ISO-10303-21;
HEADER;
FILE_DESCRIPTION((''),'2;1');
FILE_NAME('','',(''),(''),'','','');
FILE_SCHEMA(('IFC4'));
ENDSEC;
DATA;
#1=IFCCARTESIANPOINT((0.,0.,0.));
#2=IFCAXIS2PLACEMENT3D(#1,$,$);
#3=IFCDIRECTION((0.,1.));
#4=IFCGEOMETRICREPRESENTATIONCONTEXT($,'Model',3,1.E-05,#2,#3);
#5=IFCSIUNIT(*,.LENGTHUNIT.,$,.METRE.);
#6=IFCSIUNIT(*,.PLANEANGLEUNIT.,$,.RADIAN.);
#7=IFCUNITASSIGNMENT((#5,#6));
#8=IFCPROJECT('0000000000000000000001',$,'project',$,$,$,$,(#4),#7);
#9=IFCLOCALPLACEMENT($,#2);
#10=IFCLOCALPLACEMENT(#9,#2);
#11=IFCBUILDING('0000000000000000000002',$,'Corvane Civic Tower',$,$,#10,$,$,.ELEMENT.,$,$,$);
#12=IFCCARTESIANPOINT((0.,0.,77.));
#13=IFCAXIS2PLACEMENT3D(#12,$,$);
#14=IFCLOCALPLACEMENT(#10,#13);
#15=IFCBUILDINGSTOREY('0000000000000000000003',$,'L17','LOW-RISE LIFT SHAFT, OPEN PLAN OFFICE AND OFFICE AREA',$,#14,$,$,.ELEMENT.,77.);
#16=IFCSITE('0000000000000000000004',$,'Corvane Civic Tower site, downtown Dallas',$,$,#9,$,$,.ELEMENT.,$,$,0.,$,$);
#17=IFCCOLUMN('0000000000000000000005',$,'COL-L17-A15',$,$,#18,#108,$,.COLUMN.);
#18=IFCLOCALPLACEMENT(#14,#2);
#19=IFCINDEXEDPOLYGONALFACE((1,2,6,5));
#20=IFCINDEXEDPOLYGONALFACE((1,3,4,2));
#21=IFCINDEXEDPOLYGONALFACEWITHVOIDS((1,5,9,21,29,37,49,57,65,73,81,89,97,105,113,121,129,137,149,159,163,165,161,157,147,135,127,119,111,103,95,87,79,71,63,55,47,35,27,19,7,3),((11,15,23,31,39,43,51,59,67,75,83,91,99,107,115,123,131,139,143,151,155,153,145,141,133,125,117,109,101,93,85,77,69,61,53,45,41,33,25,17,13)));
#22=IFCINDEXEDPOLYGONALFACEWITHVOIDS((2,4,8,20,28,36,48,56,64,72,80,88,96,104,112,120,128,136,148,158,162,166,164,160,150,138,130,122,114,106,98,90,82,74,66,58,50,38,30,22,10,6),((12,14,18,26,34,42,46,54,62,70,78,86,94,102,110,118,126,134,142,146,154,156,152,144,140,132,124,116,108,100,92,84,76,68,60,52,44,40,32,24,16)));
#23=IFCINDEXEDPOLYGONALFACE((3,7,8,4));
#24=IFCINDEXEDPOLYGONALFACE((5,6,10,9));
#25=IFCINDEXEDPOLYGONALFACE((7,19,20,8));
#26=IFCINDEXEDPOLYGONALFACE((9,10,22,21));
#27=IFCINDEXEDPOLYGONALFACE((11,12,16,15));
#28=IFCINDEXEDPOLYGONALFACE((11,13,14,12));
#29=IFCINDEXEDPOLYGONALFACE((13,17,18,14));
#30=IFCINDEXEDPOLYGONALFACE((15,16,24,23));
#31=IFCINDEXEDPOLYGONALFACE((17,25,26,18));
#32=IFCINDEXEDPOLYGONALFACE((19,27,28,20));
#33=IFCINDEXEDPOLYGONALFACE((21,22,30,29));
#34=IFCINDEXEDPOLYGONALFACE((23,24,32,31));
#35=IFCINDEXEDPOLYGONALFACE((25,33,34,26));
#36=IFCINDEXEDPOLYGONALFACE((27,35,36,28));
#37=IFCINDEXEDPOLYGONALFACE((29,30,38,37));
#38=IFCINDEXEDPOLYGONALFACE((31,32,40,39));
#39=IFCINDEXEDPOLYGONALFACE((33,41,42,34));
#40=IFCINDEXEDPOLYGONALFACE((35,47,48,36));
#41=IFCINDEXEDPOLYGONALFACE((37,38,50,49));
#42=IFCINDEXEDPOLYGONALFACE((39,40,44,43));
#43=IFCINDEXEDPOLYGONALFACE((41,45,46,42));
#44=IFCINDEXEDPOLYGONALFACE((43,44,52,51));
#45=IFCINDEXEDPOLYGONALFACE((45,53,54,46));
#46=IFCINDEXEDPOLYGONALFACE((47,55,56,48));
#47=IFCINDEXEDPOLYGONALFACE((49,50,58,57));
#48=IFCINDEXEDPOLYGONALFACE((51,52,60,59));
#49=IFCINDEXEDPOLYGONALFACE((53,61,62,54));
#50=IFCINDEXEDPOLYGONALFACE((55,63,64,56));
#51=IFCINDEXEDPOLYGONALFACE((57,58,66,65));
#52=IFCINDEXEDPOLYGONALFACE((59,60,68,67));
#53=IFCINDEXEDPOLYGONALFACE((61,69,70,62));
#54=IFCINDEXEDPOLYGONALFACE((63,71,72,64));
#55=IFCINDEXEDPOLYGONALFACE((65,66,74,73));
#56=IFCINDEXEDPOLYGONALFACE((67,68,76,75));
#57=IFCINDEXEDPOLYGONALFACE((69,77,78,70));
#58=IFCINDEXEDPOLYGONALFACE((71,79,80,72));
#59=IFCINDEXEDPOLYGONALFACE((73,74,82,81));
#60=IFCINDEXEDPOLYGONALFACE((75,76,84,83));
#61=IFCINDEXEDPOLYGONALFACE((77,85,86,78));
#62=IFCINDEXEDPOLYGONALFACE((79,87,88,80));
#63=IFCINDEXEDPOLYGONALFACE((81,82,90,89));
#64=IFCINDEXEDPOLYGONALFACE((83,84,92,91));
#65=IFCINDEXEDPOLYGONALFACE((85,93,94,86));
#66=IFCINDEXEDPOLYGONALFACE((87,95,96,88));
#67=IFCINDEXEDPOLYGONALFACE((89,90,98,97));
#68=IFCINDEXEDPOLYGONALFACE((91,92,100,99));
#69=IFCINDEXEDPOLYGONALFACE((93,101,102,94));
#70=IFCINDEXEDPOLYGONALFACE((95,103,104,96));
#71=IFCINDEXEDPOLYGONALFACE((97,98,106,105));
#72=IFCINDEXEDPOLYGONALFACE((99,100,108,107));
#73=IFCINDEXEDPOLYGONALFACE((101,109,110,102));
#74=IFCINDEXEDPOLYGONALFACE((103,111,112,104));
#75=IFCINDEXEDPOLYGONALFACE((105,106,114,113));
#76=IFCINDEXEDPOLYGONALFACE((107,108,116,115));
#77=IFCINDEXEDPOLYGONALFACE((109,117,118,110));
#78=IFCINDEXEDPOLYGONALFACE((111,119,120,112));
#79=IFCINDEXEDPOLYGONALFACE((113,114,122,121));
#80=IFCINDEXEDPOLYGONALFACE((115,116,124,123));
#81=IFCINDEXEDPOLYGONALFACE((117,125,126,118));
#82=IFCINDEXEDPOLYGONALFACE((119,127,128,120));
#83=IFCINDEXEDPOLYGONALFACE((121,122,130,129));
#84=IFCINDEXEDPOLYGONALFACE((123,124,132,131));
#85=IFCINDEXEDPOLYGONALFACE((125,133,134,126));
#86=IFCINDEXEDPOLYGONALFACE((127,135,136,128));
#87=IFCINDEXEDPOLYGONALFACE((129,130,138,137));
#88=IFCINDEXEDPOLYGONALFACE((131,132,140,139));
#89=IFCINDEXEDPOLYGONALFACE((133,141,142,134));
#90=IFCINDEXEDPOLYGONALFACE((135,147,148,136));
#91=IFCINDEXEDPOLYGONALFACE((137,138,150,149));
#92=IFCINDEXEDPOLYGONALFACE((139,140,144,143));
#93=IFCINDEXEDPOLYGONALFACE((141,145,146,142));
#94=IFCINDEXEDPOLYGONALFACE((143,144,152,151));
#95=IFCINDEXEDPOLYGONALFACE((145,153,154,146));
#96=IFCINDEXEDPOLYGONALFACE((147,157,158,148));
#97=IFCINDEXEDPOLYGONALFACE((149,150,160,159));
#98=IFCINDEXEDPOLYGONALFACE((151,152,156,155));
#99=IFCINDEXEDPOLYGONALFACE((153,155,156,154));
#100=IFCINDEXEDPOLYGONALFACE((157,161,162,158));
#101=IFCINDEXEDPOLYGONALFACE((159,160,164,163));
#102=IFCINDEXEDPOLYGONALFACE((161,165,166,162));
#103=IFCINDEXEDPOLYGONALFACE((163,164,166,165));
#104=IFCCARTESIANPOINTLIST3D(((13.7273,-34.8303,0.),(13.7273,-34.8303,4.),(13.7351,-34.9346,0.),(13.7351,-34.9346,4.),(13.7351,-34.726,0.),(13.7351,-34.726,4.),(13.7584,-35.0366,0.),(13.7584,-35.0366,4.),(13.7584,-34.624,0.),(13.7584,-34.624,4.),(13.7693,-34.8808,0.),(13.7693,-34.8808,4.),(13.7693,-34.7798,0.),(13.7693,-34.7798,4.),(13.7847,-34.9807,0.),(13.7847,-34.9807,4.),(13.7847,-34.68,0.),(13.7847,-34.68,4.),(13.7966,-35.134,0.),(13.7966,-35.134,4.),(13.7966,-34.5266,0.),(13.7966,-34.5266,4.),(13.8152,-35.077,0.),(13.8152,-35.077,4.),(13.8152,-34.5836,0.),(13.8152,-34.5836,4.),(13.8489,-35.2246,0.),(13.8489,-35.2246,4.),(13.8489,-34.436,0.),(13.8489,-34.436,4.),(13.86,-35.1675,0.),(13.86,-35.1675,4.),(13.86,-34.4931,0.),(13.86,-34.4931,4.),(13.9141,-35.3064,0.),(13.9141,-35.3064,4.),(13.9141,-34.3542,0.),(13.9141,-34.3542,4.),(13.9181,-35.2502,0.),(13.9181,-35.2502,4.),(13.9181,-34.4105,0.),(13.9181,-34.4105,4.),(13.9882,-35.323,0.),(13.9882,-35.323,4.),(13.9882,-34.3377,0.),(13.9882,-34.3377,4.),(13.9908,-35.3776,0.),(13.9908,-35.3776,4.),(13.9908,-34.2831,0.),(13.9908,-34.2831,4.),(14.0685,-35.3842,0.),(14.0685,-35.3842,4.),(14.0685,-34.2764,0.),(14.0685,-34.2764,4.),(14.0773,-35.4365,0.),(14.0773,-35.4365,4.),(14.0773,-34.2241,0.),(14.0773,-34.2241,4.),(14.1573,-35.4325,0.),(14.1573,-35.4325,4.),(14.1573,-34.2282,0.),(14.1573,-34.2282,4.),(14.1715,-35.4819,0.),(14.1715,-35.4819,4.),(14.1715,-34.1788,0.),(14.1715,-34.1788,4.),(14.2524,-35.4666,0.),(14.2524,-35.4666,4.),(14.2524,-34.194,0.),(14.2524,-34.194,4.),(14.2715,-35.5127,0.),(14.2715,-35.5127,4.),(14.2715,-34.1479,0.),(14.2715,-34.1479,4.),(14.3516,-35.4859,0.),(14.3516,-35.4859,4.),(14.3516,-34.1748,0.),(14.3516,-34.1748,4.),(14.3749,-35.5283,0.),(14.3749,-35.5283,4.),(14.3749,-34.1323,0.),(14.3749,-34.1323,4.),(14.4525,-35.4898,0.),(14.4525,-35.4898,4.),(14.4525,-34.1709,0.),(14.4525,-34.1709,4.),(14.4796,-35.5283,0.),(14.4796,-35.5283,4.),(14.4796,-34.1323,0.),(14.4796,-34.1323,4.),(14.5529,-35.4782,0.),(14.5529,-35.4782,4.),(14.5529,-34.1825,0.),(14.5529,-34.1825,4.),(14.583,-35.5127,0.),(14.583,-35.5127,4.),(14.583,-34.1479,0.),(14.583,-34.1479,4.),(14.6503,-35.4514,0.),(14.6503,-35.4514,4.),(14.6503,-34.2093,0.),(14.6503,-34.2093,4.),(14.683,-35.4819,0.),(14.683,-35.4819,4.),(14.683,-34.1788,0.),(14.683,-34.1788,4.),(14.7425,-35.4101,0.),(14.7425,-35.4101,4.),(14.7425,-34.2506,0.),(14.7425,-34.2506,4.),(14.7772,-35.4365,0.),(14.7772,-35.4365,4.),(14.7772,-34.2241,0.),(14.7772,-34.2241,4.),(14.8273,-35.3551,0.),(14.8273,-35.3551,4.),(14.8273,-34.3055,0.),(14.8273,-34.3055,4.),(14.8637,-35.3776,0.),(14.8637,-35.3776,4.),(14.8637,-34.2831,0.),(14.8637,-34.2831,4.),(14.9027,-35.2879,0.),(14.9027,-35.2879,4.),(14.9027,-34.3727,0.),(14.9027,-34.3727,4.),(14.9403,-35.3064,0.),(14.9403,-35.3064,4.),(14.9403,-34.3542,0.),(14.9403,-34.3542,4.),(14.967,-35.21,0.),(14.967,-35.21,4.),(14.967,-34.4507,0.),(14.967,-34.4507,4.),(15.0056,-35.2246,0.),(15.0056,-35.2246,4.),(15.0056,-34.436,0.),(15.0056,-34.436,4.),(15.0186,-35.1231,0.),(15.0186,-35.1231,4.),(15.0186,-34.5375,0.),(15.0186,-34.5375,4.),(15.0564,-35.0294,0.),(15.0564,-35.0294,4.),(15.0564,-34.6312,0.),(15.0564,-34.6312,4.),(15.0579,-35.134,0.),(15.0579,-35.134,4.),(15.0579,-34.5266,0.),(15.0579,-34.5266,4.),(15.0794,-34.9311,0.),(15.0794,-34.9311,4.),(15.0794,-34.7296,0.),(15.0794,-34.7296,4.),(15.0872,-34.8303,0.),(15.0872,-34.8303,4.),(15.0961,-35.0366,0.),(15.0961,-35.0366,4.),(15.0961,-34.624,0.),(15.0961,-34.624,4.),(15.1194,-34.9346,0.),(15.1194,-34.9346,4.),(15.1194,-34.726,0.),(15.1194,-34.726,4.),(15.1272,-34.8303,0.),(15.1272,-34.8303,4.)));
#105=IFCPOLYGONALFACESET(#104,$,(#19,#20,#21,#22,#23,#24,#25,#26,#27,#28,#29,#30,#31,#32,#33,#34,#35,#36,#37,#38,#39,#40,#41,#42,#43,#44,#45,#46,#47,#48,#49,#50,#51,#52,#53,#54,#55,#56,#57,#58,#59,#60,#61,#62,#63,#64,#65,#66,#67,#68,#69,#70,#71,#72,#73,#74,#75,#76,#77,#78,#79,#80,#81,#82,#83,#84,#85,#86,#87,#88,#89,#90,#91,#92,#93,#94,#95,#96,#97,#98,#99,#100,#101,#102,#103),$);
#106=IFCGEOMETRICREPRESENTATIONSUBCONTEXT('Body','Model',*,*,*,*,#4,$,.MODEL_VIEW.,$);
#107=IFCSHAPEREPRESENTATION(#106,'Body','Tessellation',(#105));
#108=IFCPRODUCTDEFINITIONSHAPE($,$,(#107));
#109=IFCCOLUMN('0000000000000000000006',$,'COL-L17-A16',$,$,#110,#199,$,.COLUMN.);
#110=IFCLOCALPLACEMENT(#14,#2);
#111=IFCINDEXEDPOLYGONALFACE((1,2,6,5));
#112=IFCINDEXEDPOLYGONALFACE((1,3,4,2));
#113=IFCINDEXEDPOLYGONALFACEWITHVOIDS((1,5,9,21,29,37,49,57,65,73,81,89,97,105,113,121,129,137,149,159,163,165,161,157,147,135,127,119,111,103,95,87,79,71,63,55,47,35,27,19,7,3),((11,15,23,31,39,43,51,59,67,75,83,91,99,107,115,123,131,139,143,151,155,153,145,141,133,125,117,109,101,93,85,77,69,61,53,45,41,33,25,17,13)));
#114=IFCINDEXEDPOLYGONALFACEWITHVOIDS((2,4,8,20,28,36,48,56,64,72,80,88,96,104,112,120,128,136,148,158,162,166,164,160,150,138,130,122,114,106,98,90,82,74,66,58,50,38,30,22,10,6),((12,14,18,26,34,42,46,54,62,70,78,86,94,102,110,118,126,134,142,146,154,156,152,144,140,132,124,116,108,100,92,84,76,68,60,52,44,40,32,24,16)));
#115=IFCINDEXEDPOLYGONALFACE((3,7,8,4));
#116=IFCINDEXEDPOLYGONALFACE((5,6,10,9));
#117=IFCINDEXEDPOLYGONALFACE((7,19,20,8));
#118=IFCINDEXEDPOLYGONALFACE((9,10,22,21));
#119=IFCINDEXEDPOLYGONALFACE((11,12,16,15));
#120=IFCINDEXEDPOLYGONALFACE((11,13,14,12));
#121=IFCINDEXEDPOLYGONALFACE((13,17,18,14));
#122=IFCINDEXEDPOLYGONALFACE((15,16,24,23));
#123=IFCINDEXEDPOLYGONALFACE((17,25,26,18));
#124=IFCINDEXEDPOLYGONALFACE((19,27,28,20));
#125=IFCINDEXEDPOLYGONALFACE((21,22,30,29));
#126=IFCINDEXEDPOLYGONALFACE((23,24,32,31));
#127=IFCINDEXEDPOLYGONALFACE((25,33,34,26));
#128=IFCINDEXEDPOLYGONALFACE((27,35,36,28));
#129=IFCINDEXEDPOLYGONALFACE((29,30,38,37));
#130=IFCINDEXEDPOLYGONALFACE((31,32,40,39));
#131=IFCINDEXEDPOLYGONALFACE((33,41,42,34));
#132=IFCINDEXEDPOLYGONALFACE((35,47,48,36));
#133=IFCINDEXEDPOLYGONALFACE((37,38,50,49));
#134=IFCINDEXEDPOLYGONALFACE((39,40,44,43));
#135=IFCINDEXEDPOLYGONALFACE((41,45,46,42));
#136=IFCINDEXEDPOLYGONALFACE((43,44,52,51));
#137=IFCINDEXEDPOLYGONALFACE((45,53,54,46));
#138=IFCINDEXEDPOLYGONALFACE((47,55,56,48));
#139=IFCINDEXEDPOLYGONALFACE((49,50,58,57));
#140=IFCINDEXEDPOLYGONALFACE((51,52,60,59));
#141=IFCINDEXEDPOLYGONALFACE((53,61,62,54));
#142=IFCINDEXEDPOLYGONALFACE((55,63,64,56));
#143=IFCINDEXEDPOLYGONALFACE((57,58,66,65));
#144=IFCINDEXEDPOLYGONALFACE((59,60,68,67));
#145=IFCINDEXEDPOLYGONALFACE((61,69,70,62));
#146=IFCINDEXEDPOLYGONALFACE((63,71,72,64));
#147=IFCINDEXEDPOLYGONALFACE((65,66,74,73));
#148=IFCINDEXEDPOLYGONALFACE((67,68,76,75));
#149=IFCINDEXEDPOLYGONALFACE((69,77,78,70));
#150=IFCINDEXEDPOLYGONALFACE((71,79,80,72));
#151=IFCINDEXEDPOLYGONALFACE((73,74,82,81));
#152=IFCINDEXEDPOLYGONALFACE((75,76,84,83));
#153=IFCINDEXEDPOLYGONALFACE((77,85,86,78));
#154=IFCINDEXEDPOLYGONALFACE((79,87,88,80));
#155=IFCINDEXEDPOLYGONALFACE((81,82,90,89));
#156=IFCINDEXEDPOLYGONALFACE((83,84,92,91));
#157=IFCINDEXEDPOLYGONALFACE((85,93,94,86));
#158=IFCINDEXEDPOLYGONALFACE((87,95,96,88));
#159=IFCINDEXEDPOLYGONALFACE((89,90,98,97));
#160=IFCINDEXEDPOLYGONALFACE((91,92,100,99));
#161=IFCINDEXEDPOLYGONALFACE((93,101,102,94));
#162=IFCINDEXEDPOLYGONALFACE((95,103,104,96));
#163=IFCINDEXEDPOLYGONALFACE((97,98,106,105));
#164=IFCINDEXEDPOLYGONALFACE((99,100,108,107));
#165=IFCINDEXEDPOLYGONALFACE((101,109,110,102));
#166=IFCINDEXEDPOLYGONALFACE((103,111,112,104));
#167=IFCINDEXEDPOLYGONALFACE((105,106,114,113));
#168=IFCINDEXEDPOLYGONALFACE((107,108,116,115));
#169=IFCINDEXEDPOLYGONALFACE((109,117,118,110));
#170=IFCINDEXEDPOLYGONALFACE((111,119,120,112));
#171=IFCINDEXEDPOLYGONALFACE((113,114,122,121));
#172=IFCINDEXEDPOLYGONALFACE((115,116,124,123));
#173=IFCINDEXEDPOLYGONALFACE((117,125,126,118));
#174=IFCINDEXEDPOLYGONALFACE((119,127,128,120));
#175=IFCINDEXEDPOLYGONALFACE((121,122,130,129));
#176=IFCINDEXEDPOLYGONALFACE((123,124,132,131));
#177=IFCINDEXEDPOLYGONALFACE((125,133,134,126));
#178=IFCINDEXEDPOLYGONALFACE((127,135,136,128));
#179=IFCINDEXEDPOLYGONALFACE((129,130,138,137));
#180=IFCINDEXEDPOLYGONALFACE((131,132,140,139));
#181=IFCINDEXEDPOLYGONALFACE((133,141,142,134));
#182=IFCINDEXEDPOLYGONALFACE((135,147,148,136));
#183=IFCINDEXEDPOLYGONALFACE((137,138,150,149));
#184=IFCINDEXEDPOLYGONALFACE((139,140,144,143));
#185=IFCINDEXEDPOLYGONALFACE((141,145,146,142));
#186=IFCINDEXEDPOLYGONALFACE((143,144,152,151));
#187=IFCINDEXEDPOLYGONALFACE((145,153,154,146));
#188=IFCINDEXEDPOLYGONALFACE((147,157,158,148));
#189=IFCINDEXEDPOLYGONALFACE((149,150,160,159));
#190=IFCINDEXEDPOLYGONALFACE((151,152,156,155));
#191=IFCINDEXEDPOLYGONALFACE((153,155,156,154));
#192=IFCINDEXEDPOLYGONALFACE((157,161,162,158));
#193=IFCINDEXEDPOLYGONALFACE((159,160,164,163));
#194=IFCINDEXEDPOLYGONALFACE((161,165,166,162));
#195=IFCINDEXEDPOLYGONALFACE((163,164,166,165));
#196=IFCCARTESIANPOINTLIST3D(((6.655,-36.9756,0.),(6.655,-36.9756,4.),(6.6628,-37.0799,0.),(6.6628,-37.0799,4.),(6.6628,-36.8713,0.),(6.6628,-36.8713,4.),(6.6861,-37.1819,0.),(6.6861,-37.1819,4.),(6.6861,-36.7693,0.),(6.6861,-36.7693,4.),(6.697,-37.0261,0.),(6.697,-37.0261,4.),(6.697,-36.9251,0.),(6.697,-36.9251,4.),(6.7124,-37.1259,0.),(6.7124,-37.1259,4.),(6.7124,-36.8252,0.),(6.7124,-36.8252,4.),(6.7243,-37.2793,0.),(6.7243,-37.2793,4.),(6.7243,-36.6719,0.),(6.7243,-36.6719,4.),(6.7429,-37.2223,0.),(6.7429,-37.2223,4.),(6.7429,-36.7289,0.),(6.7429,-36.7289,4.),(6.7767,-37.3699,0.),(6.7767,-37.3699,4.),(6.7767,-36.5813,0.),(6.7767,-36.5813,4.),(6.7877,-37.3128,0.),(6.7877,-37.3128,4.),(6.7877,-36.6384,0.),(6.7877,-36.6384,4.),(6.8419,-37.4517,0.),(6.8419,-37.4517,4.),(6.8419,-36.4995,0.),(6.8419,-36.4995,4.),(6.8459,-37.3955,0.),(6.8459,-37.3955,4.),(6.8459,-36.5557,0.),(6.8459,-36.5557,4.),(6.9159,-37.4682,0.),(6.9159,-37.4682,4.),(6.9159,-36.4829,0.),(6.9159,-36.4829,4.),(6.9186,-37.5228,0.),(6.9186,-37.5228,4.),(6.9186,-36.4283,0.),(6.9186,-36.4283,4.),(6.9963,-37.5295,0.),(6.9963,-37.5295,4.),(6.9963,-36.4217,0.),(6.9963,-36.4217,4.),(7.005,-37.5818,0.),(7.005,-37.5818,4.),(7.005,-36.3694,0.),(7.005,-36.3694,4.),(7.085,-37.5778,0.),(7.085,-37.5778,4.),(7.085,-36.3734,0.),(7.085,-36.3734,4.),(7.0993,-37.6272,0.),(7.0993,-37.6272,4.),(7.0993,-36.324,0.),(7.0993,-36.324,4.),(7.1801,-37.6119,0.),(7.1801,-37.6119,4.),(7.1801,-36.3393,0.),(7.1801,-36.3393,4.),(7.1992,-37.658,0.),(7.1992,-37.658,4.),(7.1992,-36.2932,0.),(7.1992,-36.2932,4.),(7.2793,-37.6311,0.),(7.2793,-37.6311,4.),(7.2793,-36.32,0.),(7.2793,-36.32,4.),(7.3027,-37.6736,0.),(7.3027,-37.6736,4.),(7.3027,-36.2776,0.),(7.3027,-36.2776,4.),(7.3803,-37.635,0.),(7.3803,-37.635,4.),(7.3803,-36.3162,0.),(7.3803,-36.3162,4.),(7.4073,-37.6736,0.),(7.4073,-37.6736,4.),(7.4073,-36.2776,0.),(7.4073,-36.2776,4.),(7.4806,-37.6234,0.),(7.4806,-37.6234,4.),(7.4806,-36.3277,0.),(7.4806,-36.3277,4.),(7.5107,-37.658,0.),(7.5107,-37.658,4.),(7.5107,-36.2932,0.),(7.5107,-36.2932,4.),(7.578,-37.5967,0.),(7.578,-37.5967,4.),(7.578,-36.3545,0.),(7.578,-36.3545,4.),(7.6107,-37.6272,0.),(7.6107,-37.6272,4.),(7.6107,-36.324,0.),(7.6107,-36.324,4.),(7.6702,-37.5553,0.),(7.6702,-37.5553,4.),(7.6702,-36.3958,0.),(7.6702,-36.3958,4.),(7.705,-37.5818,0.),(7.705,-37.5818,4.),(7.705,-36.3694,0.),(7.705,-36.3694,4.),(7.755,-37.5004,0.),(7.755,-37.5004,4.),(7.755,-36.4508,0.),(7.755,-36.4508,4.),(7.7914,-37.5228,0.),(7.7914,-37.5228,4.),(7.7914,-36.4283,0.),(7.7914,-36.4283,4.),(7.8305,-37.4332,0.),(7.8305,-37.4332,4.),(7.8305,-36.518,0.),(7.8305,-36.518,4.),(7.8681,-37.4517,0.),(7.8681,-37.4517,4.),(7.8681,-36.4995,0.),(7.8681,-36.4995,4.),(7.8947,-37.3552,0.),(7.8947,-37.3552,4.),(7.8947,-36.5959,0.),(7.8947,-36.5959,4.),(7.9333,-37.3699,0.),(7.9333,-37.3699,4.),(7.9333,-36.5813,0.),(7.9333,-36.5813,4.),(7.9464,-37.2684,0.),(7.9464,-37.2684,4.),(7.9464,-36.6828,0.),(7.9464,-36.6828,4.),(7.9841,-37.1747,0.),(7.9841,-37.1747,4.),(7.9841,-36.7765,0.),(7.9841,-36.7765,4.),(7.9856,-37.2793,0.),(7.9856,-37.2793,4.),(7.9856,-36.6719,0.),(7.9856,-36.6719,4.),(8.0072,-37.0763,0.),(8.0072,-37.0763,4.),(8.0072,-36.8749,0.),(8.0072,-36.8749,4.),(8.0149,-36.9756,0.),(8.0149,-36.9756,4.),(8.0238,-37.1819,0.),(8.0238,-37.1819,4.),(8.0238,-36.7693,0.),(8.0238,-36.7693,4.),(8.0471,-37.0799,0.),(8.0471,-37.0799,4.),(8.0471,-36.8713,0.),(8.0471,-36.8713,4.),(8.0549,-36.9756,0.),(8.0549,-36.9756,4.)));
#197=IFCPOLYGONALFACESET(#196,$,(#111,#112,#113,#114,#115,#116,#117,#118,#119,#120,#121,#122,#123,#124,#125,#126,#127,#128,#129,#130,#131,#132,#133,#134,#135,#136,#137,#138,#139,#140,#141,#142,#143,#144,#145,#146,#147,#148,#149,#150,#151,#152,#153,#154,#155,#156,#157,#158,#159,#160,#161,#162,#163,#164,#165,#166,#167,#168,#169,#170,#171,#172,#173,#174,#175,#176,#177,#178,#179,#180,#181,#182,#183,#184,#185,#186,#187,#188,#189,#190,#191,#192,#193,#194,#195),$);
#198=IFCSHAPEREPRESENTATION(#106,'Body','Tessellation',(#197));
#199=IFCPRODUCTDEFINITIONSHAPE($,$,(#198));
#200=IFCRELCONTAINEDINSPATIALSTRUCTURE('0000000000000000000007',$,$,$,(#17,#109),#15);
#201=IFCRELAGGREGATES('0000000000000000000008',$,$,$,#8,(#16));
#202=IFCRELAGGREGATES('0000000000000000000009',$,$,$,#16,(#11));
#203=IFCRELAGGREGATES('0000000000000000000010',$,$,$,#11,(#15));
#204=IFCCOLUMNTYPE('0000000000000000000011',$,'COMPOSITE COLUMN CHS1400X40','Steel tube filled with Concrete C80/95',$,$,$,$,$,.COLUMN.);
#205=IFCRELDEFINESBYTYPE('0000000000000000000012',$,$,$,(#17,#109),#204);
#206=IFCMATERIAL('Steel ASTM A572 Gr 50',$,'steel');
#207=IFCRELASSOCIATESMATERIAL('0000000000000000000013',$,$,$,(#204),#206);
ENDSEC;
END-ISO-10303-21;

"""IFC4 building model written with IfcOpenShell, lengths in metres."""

from ifc_helpers import new_model, si_unit, direction, frame, origin, origin_2d, place, context, subcontext, project, spatial, hollow_circle, extrude, material, material_profile, profile_set, type_object, element, save


model = new_model("IFC4")

# Units and contexts
model_context = context("Model", 3, precision=1e-05, world=origin(), true_north=direction((0.0, 1.0)))
body_context = subcontext(model_context, "Body", "Model", "MODEL_VIEW")
ifc_project = project(units=[si_unit("LENGTHUNIT", "METRE"), si_unit("PLANEANGLEUNIT", "RADIAN")], contexts=[model_context])

# Site, building, storey
site_placement = place(None, origin())
site = spatial("IfcSite", under=ifc_project, at=site_placement, Name="Corvane Civic Tower site, downtown Dallas", CompositionType="ELEMENT", RefElevation=0.0)
building_placement = place(site_placement, origin())
building = spatial("IfcBuilding", under=site, at=building_placement, Name="Corvane Civic Tower", CompositionType="ELEMENT")
storey_placement = place(building_placement, frame((0.0, 0.0, 77.0)))
storey = spatial("IfcBuildingStorey", under=building, at=storey_placement, Name="L17", Description="LOW-RISE LIFT SHAFT, OPEN PLAN OFFICE AND OFFICE AREA", CompositionType="ELEMENT", Elevation=77.0)

# Columns
ifc_material_1 = material(Name="Steel ASTM A572 Gr 50", Category="steel")
ifc_material_profile_1 = material_profile(ifc_material_1, hollow_circle(Radius=0.7, WallThickness=0.04, at=origin_2d()), Name="CHS1400X40")
ifc_profile_set_1 = profile_set([ifc_material_profile_1], Name="Steel ASTM A572 Gr 50")
column_type = type_object("IfcColumnType", Name="COMPOSITE COLUMN CHS1400X40", Description="Steel tube filled with Concrete C80/95", PredefinedType="COLUMN", material=ifc_profile_set_1)
for number, where, z_axis, x_axis, name in (
    (1, (14.4272, -34.8303, 0.0), (0.0, 0.0, 1.0), (1.0, 0.0, 0.0), "COL-L17-A15"),
    (2, (7.355, -36.9756, 0.0), (0.0, 0.0, 1.0), (1.0, 0.0, 0.0), "COL-L17-A16"),
):
    element("IfcColumn", number, at=place(storey_placement, frame(where, z_axis=z_axis, x_axis=x_axis)), inside=storey, type_object=column_type, Name=name, PredefinedType="COLUMN", context=body_context, shape_type="SweptSolid", body=[
        extrude(hollow_circle(Radius=0.7, WallThickness=0.04, at=origin_2d()), origin(), (0.0, 0.0, 1.0), 4.0),
    ])

save(model, "model.ifc")
